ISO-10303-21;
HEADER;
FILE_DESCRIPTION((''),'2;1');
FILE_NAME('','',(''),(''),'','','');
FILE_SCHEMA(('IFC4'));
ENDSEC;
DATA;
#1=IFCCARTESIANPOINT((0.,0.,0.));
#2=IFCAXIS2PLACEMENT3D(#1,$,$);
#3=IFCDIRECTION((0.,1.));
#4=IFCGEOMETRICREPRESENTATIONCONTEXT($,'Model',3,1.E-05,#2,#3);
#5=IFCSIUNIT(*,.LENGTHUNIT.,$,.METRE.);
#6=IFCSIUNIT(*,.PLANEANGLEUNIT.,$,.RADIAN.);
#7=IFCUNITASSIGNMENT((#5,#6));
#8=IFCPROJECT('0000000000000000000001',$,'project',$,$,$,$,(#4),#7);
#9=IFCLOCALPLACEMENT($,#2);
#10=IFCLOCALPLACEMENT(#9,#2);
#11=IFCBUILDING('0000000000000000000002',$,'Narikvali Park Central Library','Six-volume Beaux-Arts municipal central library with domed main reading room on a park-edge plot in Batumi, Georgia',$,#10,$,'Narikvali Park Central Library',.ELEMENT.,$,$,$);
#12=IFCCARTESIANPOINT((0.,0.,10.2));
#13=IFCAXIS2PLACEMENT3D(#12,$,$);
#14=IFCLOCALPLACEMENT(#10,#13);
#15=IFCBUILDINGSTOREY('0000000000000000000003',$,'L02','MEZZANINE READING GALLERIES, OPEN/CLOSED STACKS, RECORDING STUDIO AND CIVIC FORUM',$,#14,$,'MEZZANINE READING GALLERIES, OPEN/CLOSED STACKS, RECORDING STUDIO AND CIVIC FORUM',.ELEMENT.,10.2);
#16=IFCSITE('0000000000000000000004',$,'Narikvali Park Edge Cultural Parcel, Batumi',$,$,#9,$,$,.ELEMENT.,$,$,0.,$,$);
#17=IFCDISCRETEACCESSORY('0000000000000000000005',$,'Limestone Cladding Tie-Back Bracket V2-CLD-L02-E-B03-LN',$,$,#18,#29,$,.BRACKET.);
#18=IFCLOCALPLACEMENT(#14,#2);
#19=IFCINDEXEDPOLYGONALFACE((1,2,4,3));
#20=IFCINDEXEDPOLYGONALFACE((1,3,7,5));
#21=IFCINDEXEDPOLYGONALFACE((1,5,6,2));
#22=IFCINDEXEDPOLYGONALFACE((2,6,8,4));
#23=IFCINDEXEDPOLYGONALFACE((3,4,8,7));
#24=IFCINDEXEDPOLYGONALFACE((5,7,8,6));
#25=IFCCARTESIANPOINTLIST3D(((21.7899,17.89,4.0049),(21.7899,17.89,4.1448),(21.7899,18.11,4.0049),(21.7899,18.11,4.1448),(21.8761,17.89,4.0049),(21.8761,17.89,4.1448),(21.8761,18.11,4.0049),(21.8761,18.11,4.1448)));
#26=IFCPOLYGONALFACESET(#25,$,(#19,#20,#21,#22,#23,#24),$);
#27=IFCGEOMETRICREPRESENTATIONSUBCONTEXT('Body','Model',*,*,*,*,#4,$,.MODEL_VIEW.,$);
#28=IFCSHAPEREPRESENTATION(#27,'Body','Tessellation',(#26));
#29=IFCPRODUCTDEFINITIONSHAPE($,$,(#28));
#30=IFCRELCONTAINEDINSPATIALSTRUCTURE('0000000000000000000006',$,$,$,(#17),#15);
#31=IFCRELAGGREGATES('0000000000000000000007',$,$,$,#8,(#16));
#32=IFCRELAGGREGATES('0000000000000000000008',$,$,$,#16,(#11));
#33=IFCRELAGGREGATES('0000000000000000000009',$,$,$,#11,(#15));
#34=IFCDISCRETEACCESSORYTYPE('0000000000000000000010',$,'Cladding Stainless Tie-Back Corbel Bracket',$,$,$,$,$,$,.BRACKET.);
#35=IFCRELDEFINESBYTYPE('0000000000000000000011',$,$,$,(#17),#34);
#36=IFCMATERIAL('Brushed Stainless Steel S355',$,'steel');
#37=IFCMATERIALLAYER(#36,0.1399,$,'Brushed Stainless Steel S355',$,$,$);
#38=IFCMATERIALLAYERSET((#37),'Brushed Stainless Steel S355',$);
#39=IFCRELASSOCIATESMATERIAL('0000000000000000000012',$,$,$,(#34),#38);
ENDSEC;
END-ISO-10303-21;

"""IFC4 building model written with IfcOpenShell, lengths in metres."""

from ifc_helpers import new_model, si_unit, direction, frame, origin, origin_2d, place, context, subcontext, project, spatial, rectangle, extrude, material, layer, layer_set, type_object, element, save


model = new_model("IFC4")

# Units and contexts
model_context = context("Model", 3, precision=1e-05, world=origin(), true_north=direction((0.0, 1.0)))
body_context = subcontext(model_context, "Body", "Model", "MODEL_VIEW")
ifc_project = project(units=[si_unit("LENGTHUNIT", "METRE"), si_unit("PLANEANGLEUNIT", "RADIAN")], contexts=[model_context])

# Site, building, storey
site_placement = place(None, origin())
site = spatial("IfcSite", under=ifc_project, at=site_placement, Name="Narikvali Park Edge Cultural Parcel, Batumi", CompositionType="ELEMENT", RefElevation=0.0)
building_placement = place(site_placement, origin())
building = spatial("IfcBuilding", under=site, at=building_placement, Name="Narikvali Park Central Library", Description="Six-volume Beaux-Arts municipal central library with domed main reading room on a park-edge plot in Batumi, Georgia", LongName="Narikvali Park Central Library", CompositionType="ELEMENT")
storey_placement = place(building_placement, frame((0.0, 0.0, 10.2)))
storey = spatial("IfcBuildingStorey", under=building, at=storey_placement, Name="L02", Description="MEZZANINE READING GALLERIES, OPEN/CLOSED STACKS, RECORDING STUDIO AND CIVIC FORUM", LongName="MEZZANINE READING GALLERIES, OPEN/CLOSED STACKS, RECORDING STUDIO AND CIVIC FORUM", CompositionType="ELEMENT", Elevation=10.2)

# Discrete accessory
ifc_material_1 = material(Name="Brushed Stainless Steel S355", Category="steel")
ifc_layer_1 = layer(ifc_material_1, 0.1399, Name="Brushed Stainless Steel S355")
ifc_layer_set_1 = layer_set([ifc_layer_1], Name="Brushed Stainless Steel S355")
discrete_accessory_type = type_object("IfcDiscreteAccessoryType", Name="Cladding Stainless Tie-Back Corbel Bracket", PredefinedType="BRACKET", material=ifc_layer_set_1)
discrete_accessory_1_placement = place(storey_placement, frame((21.833, 18.0, 4.0049), z_axis=(0.0, 0.0, 1.0), x_axis=(1.0, 0.0, 0.0)))
element("IfcDiscreteAccessory", 1, at=discrete_accessory_1_placement, inside=storey, type_object=discrete_accessory_type, Name="Limestone Cladding Tie-Back Bracket V2-CLD-L02-E-B03-LN", PredefinedType="BRACKET", context=body_context, shape_type="SweptSolid", body=[
    extrude(rectangle(XDim=0.0862, YDim=0.22, at=origin_2d()), origin(), (0.0, 0.0, 1.0), 0.1399),
])

save(model, "model.ifc")
